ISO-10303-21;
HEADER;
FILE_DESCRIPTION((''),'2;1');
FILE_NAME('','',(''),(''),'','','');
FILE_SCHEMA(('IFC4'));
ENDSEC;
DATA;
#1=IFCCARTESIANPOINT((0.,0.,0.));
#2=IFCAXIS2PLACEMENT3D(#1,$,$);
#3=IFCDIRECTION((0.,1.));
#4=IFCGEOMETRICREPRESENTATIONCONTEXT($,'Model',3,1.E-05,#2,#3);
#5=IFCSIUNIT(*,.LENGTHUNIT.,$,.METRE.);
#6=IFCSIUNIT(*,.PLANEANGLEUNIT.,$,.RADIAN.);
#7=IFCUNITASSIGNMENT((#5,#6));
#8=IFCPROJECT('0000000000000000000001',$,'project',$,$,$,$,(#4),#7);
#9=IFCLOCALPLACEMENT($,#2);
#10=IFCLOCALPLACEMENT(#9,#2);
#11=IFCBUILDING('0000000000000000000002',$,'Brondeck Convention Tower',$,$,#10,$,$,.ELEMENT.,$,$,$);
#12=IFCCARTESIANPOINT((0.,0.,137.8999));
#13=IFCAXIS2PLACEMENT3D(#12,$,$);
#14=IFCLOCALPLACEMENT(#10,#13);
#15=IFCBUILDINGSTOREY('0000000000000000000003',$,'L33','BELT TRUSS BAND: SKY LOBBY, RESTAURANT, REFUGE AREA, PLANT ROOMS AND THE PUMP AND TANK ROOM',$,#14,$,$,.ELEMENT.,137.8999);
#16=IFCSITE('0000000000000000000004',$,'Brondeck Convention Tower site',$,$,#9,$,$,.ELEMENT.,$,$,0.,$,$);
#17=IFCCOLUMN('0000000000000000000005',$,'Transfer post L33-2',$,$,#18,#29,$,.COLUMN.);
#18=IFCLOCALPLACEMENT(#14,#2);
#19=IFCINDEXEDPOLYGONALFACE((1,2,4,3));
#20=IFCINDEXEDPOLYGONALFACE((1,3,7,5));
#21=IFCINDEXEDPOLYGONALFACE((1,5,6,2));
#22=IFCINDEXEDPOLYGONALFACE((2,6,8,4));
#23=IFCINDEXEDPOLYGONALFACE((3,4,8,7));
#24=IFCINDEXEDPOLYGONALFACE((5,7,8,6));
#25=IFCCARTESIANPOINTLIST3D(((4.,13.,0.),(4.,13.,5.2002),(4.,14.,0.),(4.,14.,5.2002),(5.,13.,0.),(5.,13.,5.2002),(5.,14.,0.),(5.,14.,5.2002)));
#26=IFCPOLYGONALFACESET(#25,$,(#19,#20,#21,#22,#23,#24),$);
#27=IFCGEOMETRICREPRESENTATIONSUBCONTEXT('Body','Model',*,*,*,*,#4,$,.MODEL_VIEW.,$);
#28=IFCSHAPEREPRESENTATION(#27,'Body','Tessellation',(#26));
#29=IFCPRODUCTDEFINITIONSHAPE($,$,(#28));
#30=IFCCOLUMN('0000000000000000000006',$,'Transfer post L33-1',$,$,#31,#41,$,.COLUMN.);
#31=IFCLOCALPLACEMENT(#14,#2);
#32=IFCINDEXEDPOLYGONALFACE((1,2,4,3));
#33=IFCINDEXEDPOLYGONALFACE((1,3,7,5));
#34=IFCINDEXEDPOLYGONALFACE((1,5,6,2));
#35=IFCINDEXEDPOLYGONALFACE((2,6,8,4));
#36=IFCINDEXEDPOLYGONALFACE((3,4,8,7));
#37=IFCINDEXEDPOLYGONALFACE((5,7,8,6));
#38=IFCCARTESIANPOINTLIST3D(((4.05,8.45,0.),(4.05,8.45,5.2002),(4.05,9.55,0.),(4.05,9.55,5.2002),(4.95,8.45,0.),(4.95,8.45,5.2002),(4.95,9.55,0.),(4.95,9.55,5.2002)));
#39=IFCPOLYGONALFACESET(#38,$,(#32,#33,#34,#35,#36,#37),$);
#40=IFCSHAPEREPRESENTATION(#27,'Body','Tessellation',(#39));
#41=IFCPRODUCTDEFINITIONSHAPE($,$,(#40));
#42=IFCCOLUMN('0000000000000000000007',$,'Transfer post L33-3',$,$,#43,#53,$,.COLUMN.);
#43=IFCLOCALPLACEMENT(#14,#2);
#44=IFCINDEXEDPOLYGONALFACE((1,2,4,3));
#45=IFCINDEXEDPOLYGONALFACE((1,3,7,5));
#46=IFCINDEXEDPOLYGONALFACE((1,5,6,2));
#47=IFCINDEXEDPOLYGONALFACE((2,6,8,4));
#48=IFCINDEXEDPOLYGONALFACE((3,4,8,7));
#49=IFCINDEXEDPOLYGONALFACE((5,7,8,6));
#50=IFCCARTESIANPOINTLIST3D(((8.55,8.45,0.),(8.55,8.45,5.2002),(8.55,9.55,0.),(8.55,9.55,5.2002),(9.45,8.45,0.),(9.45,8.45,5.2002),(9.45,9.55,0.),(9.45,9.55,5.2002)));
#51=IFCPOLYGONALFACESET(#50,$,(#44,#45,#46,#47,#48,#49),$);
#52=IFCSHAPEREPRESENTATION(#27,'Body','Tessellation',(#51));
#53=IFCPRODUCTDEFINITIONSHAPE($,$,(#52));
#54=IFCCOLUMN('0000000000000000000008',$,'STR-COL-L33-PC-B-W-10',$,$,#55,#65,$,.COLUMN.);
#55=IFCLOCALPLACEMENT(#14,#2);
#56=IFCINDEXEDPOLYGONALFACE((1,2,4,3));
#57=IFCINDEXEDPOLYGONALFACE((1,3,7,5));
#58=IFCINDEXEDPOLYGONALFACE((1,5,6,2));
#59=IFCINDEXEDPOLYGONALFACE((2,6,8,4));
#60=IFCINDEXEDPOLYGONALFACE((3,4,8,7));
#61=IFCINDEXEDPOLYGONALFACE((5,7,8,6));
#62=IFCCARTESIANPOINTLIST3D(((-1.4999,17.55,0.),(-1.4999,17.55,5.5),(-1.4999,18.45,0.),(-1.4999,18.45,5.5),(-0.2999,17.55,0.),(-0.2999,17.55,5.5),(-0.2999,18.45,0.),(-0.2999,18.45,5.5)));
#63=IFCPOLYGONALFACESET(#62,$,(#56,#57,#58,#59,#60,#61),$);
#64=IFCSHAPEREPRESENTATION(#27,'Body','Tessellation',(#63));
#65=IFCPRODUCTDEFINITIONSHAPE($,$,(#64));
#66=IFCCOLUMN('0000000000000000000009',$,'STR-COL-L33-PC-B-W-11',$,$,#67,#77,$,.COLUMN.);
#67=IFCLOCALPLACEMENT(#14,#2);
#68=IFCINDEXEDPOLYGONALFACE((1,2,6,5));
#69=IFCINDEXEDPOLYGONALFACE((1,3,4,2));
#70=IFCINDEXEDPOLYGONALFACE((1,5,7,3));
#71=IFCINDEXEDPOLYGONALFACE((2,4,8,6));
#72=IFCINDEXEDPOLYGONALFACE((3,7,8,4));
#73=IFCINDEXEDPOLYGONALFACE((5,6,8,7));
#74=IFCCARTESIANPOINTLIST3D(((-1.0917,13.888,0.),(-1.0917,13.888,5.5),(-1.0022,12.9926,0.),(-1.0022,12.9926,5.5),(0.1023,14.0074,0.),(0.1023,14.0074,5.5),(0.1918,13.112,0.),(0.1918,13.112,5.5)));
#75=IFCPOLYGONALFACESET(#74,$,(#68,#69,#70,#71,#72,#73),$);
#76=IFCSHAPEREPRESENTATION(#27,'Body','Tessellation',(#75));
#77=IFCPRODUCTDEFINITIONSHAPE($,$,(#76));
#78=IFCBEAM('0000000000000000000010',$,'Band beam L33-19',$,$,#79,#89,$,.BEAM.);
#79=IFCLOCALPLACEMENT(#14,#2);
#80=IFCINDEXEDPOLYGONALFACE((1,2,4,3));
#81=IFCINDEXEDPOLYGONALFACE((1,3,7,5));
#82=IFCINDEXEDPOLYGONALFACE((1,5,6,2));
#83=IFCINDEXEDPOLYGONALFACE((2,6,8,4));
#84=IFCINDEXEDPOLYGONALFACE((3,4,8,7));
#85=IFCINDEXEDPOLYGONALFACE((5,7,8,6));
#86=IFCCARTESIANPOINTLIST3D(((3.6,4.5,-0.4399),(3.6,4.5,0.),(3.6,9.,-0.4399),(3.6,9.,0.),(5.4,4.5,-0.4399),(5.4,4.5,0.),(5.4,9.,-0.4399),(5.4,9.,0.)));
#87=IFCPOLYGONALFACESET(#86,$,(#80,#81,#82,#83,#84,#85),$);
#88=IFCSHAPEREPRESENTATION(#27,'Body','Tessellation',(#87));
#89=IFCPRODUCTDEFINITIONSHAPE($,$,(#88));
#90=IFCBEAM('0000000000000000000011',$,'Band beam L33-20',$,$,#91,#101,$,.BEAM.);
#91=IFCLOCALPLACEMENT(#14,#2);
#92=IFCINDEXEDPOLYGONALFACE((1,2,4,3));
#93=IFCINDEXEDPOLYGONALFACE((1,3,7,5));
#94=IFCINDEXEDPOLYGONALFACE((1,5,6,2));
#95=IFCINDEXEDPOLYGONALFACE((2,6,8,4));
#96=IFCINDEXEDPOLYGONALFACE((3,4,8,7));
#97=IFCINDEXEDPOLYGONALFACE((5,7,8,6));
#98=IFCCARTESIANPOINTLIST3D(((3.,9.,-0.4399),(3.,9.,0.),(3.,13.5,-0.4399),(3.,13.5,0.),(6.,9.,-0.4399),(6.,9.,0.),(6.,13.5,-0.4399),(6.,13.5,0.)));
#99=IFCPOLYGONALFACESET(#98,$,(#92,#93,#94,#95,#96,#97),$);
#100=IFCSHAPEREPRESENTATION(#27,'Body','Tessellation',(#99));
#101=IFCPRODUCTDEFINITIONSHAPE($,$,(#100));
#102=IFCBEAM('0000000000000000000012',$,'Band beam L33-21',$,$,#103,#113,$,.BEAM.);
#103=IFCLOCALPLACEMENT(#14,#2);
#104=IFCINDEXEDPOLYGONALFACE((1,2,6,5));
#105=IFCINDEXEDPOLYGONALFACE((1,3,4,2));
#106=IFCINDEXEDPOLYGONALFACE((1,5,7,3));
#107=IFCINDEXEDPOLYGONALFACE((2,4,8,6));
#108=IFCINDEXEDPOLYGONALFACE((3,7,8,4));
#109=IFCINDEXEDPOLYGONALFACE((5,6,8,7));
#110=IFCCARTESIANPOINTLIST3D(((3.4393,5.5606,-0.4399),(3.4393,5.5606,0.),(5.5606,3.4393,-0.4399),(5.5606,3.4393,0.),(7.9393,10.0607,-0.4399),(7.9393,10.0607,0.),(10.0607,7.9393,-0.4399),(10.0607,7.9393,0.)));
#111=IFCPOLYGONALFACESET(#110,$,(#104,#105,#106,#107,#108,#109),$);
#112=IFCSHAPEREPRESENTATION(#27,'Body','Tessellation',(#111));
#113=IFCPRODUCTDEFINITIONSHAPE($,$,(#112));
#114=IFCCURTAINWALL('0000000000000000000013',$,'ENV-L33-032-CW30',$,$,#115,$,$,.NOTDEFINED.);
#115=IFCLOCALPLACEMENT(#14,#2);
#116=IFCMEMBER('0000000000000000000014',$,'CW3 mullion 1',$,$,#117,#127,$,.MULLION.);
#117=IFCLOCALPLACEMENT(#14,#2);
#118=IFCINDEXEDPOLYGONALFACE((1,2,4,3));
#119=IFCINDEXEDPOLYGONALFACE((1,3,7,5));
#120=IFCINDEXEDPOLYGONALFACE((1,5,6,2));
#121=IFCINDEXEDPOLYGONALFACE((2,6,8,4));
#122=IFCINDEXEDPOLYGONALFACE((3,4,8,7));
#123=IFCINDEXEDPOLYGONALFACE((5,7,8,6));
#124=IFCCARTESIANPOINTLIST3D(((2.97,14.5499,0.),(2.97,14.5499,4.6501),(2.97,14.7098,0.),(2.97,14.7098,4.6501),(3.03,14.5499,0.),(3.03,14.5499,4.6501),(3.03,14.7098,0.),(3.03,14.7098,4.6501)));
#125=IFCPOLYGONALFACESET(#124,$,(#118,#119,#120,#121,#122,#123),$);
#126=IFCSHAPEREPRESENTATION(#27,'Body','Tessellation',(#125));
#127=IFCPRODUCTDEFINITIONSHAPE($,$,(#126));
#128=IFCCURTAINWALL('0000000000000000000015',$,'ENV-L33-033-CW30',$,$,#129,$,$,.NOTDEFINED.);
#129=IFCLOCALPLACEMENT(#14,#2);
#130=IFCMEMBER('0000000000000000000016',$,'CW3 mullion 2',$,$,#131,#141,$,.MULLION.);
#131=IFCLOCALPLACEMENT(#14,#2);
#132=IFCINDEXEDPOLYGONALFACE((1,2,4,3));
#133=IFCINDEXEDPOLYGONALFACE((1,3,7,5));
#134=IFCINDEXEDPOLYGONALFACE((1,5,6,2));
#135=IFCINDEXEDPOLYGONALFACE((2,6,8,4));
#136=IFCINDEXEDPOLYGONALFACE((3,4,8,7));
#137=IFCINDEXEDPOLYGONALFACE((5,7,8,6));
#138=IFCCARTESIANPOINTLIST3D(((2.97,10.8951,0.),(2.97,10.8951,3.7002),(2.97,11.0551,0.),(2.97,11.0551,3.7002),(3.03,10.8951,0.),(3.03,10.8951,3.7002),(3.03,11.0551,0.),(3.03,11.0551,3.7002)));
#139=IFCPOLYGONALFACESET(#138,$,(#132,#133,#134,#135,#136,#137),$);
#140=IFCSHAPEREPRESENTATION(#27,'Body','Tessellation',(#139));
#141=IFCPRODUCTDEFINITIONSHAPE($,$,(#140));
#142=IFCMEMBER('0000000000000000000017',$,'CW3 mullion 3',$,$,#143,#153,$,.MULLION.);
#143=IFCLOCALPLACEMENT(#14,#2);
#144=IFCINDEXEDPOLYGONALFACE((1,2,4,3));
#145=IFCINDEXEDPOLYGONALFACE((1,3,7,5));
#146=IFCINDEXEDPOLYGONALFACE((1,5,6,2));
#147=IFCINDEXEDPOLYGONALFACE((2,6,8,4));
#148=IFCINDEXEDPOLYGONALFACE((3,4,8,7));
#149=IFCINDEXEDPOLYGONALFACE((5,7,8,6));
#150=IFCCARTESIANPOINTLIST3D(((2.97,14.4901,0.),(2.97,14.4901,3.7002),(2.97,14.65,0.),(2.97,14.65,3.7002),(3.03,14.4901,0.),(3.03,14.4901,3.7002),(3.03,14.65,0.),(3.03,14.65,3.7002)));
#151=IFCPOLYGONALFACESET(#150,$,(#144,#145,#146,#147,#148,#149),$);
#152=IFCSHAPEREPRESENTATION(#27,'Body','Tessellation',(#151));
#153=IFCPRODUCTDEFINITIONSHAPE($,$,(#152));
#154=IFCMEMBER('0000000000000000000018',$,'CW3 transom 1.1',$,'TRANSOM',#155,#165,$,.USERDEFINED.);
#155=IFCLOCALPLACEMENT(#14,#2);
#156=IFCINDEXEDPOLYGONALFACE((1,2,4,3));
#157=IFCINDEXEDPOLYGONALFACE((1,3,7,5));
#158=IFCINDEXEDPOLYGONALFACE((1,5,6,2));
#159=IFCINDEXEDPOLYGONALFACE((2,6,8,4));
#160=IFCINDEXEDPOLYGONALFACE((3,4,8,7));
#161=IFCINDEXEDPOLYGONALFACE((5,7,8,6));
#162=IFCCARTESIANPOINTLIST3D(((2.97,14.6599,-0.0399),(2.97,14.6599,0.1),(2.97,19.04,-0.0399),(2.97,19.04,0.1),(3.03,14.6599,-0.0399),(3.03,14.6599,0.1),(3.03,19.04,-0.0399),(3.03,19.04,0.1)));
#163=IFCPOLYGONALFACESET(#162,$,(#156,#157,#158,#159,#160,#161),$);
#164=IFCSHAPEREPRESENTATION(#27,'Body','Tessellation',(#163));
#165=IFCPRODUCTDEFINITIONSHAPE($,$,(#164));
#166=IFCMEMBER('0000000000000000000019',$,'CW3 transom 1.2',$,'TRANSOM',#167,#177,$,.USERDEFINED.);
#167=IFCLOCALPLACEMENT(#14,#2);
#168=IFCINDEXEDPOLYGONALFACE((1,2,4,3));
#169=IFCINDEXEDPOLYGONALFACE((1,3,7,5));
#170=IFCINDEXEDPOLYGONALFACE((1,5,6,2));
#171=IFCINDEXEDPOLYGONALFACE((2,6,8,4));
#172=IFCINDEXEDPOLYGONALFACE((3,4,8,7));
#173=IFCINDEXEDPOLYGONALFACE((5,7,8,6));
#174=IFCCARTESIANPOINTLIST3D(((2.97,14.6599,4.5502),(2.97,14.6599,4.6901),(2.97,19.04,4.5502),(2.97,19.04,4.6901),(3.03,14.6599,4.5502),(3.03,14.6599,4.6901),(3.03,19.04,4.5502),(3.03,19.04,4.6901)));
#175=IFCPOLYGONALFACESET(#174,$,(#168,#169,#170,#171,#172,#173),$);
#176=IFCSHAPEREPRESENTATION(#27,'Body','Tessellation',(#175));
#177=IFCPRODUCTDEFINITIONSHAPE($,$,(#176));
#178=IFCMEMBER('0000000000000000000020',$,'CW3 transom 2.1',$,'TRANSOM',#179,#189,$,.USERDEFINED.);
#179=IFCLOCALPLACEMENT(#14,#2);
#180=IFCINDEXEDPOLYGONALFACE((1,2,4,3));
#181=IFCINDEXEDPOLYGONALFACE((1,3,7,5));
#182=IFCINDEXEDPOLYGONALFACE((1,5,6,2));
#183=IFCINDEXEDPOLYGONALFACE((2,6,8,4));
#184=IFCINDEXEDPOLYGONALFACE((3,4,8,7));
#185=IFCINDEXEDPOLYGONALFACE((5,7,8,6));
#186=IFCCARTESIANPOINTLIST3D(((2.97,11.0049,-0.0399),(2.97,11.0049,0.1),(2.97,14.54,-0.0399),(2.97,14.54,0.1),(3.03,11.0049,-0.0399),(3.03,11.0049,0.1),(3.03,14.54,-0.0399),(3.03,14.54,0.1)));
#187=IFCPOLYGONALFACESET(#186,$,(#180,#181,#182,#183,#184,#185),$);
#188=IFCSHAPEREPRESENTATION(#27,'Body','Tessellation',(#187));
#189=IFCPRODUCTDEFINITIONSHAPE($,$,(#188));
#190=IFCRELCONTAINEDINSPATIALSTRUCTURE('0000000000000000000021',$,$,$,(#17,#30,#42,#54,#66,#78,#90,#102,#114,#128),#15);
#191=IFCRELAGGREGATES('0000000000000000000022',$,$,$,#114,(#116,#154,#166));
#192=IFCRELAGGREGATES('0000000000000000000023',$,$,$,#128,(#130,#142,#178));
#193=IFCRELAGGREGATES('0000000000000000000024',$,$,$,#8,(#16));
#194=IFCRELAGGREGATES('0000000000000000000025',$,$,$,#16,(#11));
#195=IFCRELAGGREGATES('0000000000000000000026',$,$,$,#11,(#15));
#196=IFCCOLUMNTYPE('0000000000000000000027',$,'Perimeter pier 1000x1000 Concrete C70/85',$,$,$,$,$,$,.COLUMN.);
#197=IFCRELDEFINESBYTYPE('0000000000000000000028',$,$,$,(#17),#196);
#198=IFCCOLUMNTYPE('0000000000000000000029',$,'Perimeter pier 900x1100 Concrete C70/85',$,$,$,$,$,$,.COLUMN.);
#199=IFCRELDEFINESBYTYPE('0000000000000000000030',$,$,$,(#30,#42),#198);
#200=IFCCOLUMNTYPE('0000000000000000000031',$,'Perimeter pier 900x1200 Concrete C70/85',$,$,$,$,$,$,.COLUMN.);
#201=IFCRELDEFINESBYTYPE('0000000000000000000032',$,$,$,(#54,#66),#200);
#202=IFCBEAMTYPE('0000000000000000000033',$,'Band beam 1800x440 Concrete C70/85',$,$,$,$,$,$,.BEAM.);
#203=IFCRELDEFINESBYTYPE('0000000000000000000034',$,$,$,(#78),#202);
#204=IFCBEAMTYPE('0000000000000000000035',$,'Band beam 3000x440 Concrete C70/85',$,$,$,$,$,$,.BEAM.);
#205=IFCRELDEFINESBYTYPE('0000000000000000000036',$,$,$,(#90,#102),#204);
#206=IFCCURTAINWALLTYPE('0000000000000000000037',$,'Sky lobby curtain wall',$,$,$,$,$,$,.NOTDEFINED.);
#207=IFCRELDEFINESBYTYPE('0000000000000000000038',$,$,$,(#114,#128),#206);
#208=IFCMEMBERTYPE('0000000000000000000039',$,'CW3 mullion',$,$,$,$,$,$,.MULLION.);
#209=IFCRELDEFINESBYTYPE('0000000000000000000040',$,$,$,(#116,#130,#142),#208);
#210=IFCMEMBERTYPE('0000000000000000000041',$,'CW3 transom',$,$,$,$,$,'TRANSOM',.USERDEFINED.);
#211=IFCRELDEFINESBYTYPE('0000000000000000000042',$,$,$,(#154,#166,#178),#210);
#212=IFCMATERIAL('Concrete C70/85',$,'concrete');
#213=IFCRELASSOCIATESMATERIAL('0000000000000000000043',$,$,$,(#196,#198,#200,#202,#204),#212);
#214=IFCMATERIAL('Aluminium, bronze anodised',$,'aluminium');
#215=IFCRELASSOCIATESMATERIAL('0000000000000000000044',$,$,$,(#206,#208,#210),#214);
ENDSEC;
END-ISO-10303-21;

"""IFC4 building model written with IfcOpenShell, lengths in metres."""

from ifc_helpers import new_model, si_unit, direction, frame, origin, origin_2d, place, context, subcontext, project, spatial, rectangle, extrude, material, material_profile, profile_set, type_object, element, aggregate, save


model = new_model("IFC4")

# Units and contexts
model_context = context("Model", 3, precision=1e-05, world=origin(), true_north=direction((0.0, 1.0)))
body_context = subcontext(model_context, "Body", "Model", "MODEL_VIEW")
ifc_project = project(units=[si_unit("LENGTHUNIT", "METRE"), si_unit("PLANEANGLEUNIT", "RADIAN")], contexts=[model_context])

# Site, building, storey
site_placement = place(None, origin())
site = spatial("IfcSite", under=ifc_project, at=site_placement, Name="Brondeck Convention Tower site", CompositionType="ELEMENT", RefElevation=0.0)
building_placement = place(site_placement, origin())
building = spatial("IfcBuilding", under=site, at=building_placement, Name="Brondeck Convention Tower", CompositionType="ELEMENT")
storey_placement = place(building_placement, frame((0.0, 0.0, 137.8999)))
storey = spatial("IfcBuildingStorey", under=building, at=storey_placement, Name="L33", Description="BELT TRUSS BAND: SKY LOBBY, RESTAURANT, REFUGE AREA, PLANT ROOMS AND THE PUMP AND TANK ROOM", CompositionType="ELEMENT", Elevation=137.8999)

# Columns
ifc_material_1 = material(Name="Concrete C70/85", Category="concrete")
ifc_material_profile_1 = material_profile(ifc_material_1, rectangle(XDim=1.0, YDim=1.0, at=origin_2d()), Name="Perimeter pier 1000x1000 Concrete C70/85")
ifc_profile_set_1 = profile_set([ifc_material_profile_1], Name="Concrete C70/85")
column_type_1 = type_object("IfcColumnType", Name="Perimeter pier 1000x1000 Concrete C70/85", PredefinedType="COLUMN", material=ifc_profile_set_1)
column_placement = place(storey_placement, frame((4.5, 13.5, 0.0), z_axis=(0.0, 0.0, 1.0), x_axis=(1.0, 0.0, 0.0)))
element("IfcColumn", 1, at=column_placement, inside=storey, type_object=column_type_1, Name="Transfer post L33-2", PredefinedType="COLUMN", context=body_context, shape_type="SweptSolid", body=[
    extrude(rectangle(XDim=1.0, YDim=1.0, at=origin_2d()), origin(), (0.0, 0.0, 1.0), 5.2002),
])
ifc_material_profile_2 = material_profile(ifc_material_1, rectangle(XDim=0.8999, YDim=1.1001, at=origin_2d()), Name="Perimeter pier 900x1100 Concrete C70/85")
ifc_profile_set_2 = profile_set([ifc_material_profile_2], Name="Concrete C70/85")
column_type_2 = type_object("IfcColumnType", Name="Perimeter pier 900x1100 Concrete C70/85", PredefinedType="COLUMN", material=ifc_profile_set_2)
for number, where, z_axis, x_axis, name in (
    (2, (4.5, 9.0, 0.0), (0.0, 0.0, 1.0), (1.0, 0.0, 0.0), "Transfer post L33-1"),
    (3, (9.0, 9.0, 0.0), (0.0, 0.0, 1.0), (1.0, 0.0, 0.0), "Transfer post L33-3"),
):
    element("IfcColumn", number, at=place(storey_placement, frame(where, z_axis=z_axis, x_axis=x_axis)), inside=storey, type_object=column_type_2, Name=name, PredefinedType="COLUMN", context=body_context, shape_type="SweptSolid", body=[
        extrude(rectangle(XDim=0.8999, YDim=1.1001, at=origin_2d()), origin(), (0.0, 0.0, 1.0), 5.2002),
    ])
ifc_material_profile_3 = material_profile(ifc_material_1, rectangle(XDim=0.8999, YDim=1.2, at=origin_2d()), Name="Perimeter pier 900x1200 Concrete C70/85")
ifc_profile_set_3 = profile_set([ifc_material_profile_3], Name="Concrete C70/85")
column_type_3 = type_object("IfcColumnType", Name="Perimeter pier 900x1200 Concrete C70/85", PredefinedType="COLUMN", material=ifc_profile_set_3)
for number, where, z_axis, x_axis, name in (
    (4, (-0.8999, 18.0, 0.0), (0.0, 0.0, 1.0), (0.0, -1.0, 0.0), "STR-COL-L33-PC-B-W-10"),
    (5, (-0.45, 13.5, 0.0), (0.0, 0.0, 1.0), (0.099504, -0.995037, 0.0), "STR-COL-L33-PC-B-W-11"),
):
    element("IfcColumn", number, at=place(storey_placement, frame(where, z_axis=z_axis, x_axis=x_axis)), inside=storey, type_object=column_type_3, Name=name, PredefinedType="COLUMN", context=body_context, shape_type="SweptSolid", body=[
        extrude(rectangle(XDim=0.8999, YDim=1.2, at=origin_2d()), origin(), (0.0, 0.0, 1.0), 5.5),
    ])

# Beams
ifc_material_profile_4 = material_profile(ifc_material_1, rectangle(XDim=1.8, YDim=0.4399, at=origin_2d()), Name="Band beam 1800x440 Concrete C70/85")
ifc_profile_set_4 = profile_set([ifc_material_profile_4], Name="Concrete C70/85")
beam_type_1 = type_object("IfcBeamType", Name="Band beam 1800x440 Concrete C70/85", PredefinedType="BEAM", material=ifc_profile_set_4)
beam_1_placement = place(storey_placement, frame((4.5, 9.0, -0.22), z_axis=(0.0, -1.0, 0.0), x_axis=(1.0, 0.0, 0.0)))
element("IfcBeam", 6, at=beam_1_placement, inside=storey, type_object=beam_type_1, Name="Band beam L33-19", PredefinedType="BEAM", context=body_context, shape_type="SweptSolid", body=[
    extrude(rectangle(XDim=1.8, YDim=0.4399, at=origin_2d()), origin(), (0.0, 0.0, 1.0), 4.5),
])
ifc_material_profile_5 = material_profile(ifc_material_1, rectangle(XDim=3.0, YDim=0.4399, at=origin_2d()), Name="Band beam 3000x440 Concrete C70/85")
ifc_profile_set_5 = profile_set([ifc_material_profile_5], Name="Concrete C70/85")
beam_type_2 = type_object("IfcBeamType", Name="Band beam 3000x440 Concrete C70/85", PredefinedType="BEAM", material=ifc_profile_set_5)
beam_2_placement = place(storey_placement, frame((4.5, 13.5, -0.22), z_axis=(0.0, -1.0, 0.0), x_axis=(1.0, 0.0, 0.0)))
element("IfcBeam", 7, at=beam_2_placement, inside=storey, type_object=beam_type_2, Name="Band beam L33-20", PredefinedType="BEAM", context=body_context, shape_type="SweptSolid", body=[
    extrude(rectangle(XDim=3.0, YDim=0.4399, at=origin_2d()), origin(), (0.0, 0.0, 1.0), 4.5),
])
beam_3_placement = place(storey_placement, frame((9.0, 9.0, -0.22), z_axis=(-0.707107, -0.707107, 0.0), x_axis=(0.707107, -0.707107, 0.0)))
element("IfcBeam", 8, at=beam_3_placement, inside=storey, type_object=beam_type_2, Name="Band beam L33-21", PredefinedType="BEAM", context=body_context, shape_type="SweptSolid", body=[
    extrude(rectangle(XDim=3.0, YDim=0.4399, at=origin_2d()), origin(), (0.0, 0.0, 1.0), 6.364),
])

# Curtain wall, member
ifc_material_2 = material(Name="Aluminium, bronze anodised", Category="aluminium")
curtain_wall_type = type_object("IfcCurtainWallType", Name="Sky lobby curtain wall", PredefinedType="NOTDEFINED", material=ifc_material_2)
curtain_wall_1_placement = place(storey_placement, origin())
curtain_wall_1 = element("IfcCurtainWall", 9, at=curtain_wall_1_placement, inside=storey, type_object=curtain_wall_type, Name="ENV-L33-032-CW30", PredefinedType="NOTDEFINED")
ifc_material_profile_6 = material_profile(ifc_material_2, rectangle(XDim=0.0601, YDim=0.1599, at=origin_2d()), Name="CW3 mullion")
ifc_profile_set_6 = profile_set([ifc_material_profile_6], Name="Aluminium, bronze anodised")
member_type_1 = type_object("IfcMemberType", Name="CW3 mullion", PredefinedType="MULLION", material=ifc_profile_set_6)
member_1_placement = place(storey_placement, frame((3.0, 14.6299, 0.0), z_axis=(0.0, 0.0, 1.0), x_axis=(-1.0, 0.0, 0.0)))
member_1 = element("IfcMember", 10, at=member_1_placement, type_object=member_type_1, Name="CW3 mullion 1", PredefinedType="MULLION", context=body_context, shape_type="SweptSolid", body=[
    extrude(rectangle(XDim=0.0601, YDim=0.1599, at=origin_2d()), origin(), (0.0, 0.0, 1.0), 4.6501),
])

# Curtain wall, members
curtain_wall_2_placement = place(storey_placement, origin())
curtain_wall_2 = element("IfcCurtainWall", 11, at=curtain_wall_2_placement, inside=storey, type_object=curtain_wall_type, Name="ENV-L33-033-CW30", PredefinedType="NOTDEFINED")
member_2_placement = place(storey_placement, frame((3.0, 10.9751, 0.0), z_axis=(0.0, 0.0, 1.0), x_axis=(-1.0, 0.0, 0.0)))
member_2 = element("IfcMember", 12, at=member_2_placement, type_object=member_type_1, Name="CW3 mullion 2", PredefinedType="MULLION", context=body_context, shape_type="SweptSolid", body=[
    extrude(rectangle(XDim=0.0601, YDim=0.1599, at=origin_2d()), origin(), (0.0, 0.0, 1.0), 3.7002),
])
member_3_placement = place(storey_placement, frame((3.0, 14.5701, 0.0), z_axis=(0.0, 0.0, 1.0), x_axis=(-1.0, 0.0, 0.0)))
member_3 = element("IfcMember", 13, at=member_3_placement, type_object=member_type_1, Name="CW3 mullion 3", PredefinedType="MULLION", context=body_context, shape_type="SweptSolid", body=[
    extrude(rectangle(XDim=0.0601, YDim=0.1599, at=origin_2d()), origin(), (0.0, 0.0, 1.0), 3.7002),
])

# Members
ifc_material_profile_7 = material_profile(ifc_material_2, rectangle(XDim=0.0601, YDim=0.1399, at=origin_2d()), Name="CW3 transom")
ifc_profile_set_7 = profile_set([ifc_material_profile_7], Name="Aluminium, bronze anodised")
member_type_2 = type_object("IfcMemberType", Name="CW3 transom", ElementType="TRANSOM", PredefinedType="USERDEFINED", material=ifc_profile_set_7)
member_4_placement = place(storey_placement, frame((3.0, 14.6599, 0.03), z_axis=(0.0, 1.0, 0.0), x_axis=(-1.0, 0.0, 0.0)))
member_4 = element("IfcMember", 14, at=member_4_placement, type_object=member_type_2, Name="CW3 transom 1.1", ObjectType="TRANSOM", PredefinedType="USERDEFINED", context=body_context, shape_type="SweptSolid", body=[
    extrude(rectangle(XDim=0.0601, YDim=0.1399, at=origin_2d()), origin(), (0.0, 0.0, 1.0), 4.3801),
])
member_5_placement = place(storey_placement, frame((3.0, 14.6599, 4.6201), z_axis=(0.0, 1.0, 0.0), x_axis=(-1.0, 0.0, 0.0)))
member_5 = element("IfcMember", 15, at=member_5_placement, type_object=member_type_2, Name="CW3 transom 1.2", ObjectType="TRANSOM", PredefinedType="USERDEFINED", context=body_context, shape_type="SweptSolid", body=[
    extrude(rectangle(XDim=0.0601, YDim=0.1399, at=origin_2d()), origin(), (0.0, 0.0, 1.0), 4.3801),
])
member_6_placement = place(storey_placement, frame((3.0, 11.0049, 0.03), z_axis=(0.0, 1.0, 0.0), x_axis=(-1.0, 0.0, 0.0)))
member_6 = element("IfcMember", 16, at=member_6_placement, type_object=member_type_2, Name="CW3 transom 2.1", ObjectType="TRANSOM", PredefinedType="USERDEFINED", context=body_context, shape_type="SweptSolid", body=[
    extrude(rectangle(XDim=0.0601, YDim=0.1399, at=origin_2d()), origin(), (0.0, 0.0, 1.0), 3.5352),
])

aggregate(curtain_wall_1, [member_1, member_4, member_5])
aggregate(curtain_wall_2, [member_2, member_3, member_6])

save(model, "model.ifc")
